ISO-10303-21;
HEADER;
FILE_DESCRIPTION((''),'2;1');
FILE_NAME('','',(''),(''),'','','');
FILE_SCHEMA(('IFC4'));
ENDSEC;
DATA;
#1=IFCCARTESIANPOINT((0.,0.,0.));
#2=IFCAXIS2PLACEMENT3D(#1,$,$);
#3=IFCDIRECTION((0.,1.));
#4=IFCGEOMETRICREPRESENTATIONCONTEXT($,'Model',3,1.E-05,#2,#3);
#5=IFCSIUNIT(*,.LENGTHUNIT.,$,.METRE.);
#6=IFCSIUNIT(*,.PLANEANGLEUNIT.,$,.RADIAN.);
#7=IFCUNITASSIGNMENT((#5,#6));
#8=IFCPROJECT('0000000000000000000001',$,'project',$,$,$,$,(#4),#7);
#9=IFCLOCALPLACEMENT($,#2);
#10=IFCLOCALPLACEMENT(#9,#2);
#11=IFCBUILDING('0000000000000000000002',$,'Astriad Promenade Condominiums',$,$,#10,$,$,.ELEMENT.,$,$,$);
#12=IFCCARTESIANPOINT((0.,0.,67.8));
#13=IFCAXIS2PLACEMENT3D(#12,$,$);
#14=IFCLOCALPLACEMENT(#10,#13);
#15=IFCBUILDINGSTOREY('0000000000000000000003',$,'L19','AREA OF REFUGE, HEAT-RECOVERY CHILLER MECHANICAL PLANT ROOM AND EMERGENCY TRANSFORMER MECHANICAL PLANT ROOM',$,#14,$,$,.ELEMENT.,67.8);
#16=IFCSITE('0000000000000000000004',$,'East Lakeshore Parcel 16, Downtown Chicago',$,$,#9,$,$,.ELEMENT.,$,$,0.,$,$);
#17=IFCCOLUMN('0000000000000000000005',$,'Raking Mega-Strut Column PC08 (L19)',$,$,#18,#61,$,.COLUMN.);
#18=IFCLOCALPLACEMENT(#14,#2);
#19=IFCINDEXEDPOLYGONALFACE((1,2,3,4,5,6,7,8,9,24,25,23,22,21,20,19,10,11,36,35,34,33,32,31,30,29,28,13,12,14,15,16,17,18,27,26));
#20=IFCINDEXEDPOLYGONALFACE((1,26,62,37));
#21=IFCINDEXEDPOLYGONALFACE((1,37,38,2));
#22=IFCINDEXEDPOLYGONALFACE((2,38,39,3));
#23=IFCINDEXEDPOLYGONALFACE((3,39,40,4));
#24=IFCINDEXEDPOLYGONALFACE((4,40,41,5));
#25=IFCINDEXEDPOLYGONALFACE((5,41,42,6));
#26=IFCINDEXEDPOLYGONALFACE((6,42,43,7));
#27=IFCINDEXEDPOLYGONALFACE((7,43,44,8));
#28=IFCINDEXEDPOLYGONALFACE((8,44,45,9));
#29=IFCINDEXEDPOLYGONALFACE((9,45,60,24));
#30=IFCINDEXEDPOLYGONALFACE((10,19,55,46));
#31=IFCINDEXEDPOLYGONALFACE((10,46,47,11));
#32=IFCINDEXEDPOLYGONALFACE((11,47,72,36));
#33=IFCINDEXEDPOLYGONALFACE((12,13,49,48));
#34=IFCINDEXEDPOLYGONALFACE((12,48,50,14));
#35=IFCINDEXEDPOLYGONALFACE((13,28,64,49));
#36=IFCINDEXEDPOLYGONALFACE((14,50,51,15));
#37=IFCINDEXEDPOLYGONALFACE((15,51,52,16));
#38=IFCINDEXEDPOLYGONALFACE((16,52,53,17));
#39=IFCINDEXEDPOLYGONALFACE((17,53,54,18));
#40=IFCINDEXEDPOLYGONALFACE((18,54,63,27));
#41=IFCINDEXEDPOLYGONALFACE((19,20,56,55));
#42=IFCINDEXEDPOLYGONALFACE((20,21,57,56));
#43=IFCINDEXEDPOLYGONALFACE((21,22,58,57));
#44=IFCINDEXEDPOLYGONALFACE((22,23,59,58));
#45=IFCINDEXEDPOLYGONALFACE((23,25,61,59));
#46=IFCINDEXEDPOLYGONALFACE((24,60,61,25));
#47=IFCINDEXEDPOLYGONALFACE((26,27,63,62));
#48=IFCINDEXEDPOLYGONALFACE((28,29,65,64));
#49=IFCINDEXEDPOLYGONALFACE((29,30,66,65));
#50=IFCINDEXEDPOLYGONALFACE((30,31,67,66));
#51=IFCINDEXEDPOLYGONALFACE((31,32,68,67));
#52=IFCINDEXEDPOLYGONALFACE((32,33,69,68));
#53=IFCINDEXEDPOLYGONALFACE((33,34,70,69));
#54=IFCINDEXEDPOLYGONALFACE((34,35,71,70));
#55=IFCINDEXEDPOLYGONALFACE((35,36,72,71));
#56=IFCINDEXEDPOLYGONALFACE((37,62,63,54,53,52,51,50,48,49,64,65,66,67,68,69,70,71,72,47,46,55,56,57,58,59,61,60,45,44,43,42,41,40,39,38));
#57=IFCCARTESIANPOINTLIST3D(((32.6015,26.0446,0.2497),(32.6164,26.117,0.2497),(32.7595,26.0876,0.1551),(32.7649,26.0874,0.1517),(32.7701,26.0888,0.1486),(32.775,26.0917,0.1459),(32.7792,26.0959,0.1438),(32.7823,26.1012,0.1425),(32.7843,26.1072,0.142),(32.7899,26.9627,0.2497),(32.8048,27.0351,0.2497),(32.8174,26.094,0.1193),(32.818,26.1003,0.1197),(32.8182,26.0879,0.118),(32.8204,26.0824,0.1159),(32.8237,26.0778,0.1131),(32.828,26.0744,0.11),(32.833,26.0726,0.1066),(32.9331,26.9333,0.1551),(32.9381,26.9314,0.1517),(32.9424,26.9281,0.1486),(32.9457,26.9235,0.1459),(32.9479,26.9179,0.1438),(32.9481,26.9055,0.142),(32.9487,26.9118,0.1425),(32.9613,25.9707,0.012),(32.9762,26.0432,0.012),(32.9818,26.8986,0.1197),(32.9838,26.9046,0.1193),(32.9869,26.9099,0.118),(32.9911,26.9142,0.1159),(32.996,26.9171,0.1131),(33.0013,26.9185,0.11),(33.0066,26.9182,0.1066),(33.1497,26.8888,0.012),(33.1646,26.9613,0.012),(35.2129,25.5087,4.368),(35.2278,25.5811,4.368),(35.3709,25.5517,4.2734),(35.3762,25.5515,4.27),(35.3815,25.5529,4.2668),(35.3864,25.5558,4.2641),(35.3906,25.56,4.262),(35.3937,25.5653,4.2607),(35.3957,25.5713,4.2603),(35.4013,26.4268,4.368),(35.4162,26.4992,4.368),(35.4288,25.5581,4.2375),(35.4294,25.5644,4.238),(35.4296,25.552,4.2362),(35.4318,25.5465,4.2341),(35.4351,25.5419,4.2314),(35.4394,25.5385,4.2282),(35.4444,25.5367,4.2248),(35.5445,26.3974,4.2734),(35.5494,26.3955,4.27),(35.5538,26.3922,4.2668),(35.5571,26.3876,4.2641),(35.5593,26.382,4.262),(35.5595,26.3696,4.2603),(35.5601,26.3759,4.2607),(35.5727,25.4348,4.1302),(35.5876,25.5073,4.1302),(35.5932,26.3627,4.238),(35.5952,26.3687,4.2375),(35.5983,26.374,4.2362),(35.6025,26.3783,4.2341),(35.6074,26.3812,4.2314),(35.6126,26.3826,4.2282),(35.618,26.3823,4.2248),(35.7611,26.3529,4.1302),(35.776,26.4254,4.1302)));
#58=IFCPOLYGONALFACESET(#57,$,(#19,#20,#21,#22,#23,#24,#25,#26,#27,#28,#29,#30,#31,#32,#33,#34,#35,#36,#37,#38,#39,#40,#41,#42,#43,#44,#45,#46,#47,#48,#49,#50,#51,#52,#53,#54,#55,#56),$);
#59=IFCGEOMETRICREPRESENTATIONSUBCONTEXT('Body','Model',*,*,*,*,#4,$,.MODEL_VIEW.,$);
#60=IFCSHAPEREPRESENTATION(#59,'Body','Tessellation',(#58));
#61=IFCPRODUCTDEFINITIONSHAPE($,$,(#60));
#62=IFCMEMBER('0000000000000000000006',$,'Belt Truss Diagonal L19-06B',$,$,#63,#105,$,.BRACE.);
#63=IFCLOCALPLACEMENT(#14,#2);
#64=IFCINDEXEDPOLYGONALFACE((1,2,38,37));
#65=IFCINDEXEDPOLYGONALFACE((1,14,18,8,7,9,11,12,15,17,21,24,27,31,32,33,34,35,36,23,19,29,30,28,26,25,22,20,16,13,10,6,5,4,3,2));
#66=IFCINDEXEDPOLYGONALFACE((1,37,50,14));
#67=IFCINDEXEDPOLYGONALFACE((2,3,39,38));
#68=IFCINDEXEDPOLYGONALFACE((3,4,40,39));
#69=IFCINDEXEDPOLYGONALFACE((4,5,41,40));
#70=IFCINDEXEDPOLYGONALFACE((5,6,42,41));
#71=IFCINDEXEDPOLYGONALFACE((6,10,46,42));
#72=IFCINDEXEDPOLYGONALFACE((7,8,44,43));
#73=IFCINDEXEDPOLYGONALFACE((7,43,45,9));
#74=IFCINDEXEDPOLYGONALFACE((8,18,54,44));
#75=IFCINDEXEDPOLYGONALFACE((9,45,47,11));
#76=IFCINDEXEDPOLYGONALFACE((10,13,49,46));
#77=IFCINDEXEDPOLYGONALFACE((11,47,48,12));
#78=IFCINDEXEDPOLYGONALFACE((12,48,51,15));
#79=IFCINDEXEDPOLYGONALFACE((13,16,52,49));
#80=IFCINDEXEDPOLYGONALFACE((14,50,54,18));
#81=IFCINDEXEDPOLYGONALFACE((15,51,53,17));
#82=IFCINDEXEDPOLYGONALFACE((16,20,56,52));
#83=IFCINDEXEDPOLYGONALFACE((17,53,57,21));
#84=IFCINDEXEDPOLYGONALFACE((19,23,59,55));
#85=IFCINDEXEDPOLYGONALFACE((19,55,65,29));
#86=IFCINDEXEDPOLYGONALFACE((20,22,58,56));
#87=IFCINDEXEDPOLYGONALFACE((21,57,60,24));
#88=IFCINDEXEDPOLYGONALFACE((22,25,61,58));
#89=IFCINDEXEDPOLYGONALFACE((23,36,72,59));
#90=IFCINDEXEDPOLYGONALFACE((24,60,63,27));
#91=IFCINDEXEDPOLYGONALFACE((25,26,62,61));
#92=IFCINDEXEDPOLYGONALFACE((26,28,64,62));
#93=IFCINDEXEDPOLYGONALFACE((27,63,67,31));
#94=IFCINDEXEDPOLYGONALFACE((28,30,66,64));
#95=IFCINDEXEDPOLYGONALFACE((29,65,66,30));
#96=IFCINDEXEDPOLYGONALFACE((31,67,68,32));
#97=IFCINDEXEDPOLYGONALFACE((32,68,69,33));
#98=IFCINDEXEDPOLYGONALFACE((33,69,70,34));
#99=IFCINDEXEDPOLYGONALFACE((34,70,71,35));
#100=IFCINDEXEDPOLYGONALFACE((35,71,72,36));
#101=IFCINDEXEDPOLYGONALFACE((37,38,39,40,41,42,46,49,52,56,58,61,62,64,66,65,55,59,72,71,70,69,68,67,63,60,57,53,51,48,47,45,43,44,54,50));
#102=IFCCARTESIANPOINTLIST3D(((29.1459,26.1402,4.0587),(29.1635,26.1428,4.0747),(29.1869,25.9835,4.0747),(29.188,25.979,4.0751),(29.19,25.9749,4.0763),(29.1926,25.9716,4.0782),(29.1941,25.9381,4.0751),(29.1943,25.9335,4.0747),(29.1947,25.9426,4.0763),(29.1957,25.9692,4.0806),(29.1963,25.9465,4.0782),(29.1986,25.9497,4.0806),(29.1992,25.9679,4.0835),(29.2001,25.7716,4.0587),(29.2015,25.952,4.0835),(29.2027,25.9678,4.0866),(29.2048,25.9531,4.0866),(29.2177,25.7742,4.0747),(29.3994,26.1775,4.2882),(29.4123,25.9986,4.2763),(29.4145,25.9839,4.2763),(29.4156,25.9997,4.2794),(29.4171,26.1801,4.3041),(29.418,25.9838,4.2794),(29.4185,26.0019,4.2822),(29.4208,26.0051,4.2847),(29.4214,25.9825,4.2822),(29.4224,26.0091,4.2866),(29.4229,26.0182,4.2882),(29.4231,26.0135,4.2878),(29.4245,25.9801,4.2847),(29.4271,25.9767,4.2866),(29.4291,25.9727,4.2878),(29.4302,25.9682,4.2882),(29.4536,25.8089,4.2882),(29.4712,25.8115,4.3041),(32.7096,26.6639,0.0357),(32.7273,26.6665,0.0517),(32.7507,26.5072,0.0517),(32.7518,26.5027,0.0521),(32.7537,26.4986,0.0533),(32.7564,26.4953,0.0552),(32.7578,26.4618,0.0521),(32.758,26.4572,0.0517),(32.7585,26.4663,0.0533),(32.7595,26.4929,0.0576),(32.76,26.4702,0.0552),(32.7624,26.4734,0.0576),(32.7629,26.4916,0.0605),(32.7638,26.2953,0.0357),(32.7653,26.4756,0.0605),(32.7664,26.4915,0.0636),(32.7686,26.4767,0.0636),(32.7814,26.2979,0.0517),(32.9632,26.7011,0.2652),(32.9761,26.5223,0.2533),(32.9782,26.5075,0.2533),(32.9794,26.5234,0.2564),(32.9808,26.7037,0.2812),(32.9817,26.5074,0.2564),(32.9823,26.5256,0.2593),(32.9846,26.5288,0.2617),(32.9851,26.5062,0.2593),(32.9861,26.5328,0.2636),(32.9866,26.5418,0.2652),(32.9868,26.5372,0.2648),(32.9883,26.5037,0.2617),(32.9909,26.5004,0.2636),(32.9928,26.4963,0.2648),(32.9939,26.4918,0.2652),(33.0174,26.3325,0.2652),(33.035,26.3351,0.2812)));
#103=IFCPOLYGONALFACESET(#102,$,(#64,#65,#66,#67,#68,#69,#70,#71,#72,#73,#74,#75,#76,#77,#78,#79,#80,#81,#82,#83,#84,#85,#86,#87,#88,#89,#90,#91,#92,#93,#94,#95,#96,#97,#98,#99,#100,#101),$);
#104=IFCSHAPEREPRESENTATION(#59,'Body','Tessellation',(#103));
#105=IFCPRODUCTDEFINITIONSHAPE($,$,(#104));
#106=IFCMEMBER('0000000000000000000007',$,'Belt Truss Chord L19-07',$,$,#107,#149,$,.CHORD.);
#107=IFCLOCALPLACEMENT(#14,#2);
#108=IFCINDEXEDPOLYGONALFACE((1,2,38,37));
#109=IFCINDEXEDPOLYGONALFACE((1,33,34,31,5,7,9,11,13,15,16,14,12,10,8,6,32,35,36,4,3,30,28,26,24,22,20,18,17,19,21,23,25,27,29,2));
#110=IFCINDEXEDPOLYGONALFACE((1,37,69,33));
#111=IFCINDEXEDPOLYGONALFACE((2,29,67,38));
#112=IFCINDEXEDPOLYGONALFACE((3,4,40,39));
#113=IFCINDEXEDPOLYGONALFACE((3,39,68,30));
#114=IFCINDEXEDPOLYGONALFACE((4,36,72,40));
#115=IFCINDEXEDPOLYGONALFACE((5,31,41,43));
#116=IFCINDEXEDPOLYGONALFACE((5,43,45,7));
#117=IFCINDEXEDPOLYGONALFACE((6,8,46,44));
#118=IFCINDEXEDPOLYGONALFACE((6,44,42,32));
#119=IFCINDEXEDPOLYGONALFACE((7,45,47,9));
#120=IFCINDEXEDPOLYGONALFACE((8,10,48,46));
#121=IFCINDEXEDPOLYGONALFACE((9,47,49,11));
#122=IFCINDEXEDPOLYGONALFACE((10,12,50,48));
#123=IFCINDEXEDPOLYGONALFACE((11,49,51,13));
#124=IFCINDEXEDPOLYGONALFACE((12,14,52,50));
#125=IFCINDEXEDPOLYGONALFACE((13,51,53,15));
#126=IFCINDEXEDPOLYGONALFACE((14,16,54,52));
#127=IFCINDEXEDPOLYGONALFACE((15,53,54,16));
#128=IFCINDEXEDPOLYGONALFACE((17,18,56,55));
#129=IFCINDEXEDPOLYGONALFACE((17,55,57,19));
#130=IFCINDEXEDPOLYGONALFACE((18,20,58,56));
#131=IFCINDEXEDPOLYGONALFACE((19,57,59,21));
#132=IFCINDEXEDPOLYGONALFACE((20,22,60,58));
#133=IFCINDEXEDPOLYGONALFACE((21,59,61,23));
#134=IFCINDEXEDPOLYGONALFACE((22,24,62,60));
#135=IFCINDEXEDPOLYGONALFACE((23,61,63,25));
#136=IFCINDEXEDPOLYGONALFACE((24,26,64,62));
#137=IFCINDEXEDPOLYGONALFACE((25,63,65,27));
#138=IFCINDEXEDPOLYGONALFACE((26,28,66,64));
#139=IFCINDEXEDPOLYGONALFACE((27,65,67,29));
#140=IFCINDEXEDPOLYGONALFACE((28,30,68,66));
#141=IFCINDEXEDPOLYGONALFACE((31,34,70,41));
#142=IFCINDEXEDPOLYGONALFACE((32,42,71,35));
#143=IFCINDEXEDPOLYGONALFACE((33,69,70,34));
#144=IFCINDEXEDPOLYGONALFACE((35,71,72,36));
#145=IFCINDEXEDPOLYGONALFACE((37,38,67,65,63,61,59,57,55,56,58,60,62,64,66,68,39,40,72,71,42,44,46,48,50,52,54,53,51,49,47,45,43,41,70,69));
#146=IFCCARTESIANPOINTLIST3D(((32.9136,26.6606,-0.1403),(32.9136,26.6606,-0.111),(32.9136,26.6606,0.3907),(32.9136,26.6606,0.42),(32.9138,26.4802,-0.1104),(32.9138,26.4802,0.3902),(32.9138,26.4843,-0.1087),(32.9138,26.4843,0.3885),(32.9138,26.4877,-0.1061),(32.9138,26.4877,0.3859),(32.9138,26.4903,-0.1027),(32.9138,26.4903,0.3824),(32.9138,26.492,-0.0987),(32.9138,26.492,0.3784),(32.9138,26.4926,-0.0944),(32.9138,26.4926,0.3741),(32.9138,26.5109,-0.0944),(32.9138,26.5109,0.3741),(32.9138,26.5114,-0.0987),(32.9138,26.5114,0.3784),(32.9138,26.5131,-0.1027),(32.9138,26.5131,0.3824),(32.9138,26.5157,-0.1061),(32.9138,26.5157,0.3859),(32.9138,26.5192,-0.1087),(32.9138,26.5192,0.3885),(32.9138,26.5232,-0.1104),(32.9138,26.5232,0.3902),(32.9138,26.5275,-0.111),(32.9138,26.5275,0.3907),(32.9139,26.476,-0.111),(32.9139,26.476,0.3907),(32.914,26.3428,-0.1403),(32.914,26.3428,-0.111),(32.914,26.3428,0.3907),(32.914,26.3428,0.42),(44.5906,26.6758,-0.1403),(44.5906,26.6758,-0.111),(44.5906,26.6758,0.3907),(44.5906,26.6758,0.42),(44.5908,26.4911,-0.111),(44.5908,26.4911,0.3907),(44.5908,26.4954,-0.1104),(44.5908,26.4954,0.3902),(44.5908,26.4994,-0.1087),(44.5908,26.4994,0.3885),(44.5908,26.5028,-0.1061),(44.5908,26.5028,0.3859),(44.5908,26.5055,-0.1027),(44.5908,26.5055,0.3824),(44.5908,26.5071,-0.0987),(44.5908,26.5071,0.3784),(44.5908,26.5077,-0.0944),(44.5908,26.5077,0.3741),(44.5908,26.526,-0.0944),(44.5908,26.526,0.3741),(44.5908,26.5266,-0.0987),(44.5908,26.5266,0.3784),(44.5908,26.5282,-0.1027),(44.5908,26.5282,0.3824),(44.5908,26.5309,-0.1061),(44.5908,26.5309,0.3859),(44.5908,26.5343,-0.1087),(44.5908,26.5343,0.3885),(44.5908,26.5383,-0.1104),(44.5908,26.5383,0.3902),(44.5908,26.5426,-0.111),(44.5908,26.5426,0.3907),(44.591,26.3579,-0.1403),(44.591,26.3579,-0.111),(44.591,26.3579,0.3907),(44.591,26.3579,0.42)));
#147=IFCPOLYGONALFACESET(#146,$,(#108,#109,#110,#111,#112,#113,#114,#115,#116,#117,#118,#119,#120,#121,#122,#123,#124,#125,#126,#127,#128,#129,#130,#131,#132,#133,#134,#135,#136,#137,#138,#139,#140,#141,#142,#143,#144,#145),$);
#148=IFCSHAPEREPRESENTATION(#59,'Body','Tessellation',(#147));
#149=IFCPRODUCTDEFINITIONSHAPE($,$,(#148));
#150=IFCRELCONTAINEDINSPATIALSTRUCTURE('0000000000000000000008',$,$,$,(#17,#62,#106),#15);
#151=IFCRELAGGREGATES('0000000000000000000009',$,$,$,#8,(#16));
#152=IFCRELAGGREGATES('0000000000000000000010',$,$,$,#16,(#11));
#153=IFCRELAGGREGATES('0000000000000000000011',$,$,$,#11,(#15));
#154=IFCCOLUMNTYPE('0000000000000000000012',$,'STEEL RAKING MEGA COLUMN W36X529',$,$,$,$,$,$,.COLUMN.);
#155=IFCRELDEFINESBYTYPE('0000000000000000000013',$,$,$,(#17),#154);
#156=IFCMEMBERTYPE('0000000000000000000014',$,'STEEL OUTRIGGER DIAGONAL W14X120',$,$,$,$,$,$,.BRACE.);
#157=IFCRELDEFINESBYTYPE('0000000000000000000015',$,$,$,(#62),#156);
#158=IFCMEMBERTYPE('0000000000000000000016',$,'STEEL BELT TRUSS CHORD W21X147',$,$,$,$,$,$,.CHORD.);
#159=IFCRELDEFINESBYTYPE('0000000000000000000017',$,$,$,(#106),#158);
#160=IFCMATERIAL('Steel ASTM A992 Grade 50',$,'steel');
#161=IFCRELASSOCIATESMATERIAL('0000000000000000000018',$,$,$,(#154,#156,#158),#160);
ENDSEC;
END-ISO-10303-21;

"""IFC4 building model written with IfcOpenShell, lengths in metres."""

from ifc_helpers import new_model, si_unit, direction, frame, origin, origin_2d, place, context, subcontext, project, spatial, i_section, extrude, source, transform, mapped, material, material_profile, profile_set, type_object, type_shapes, element, save


model = new_model("IFC4")

# Units and contexts
model_context = context("Model", 3, precision=1e-05, world=origin(), true_north=direction((0.0, 1.0)))
body_context = subcontext(model_context, "Body", "Model", "MODEL_VIEW")
ifc_project = project(units=[si_unit("LENGTHUNIT", "METRE"), si_unit("PLANEANGLEUNIT", "RADIAN")], contexts=[model_context])

# Site, building, storey
site_placement = place(None, origin())
site = spatial("IfcSite", under=ifc_project, at=site_placement, Name="East Lakeshore Parcel 16, Downtown Chicago", CompositionType="ELEMENT", RefElevation=0.0)
building_placement = place(site_placement, origin())
building = spatial("IfcBuilding", under=site, at=building_placement, Name="Astriad Promenade Condominiums", CompositionType="ELEMENT")
storey_placement = place(building_placement, frame((0.0, 0.0, 67.8)))
storey = spatial("IfcBuildingStorey", under=building, at=storey_placement, Name="L19", Description="AREA OF REFUGE, HEAT-RECOVERY CHILLER MECHANICAL PLANT ROOM AND EMERGENCY TRANSFORMER MECHANICAL PLANT ROOM", CompositionType="ELEMENT", Elevation=67.8)

# Column
ifc_material_1 = material(Name="Steel ASTM A992 Grade 50", Category="steel")
ifc_material_profile_1 = material_profile(ifc_material_1, i_section(OverallWidth=0.4375, OverallDepth=1.0112, WebThickness=0.041, FlangeThickness=0.074, FilletRadius=0.0242, at=origin_2d()), Name="W36X529")
ifc_profile_set_1 = profile_set([ifc_material_profile_1], Name="Steel ASTM A992 Grade 50")
column_type = type_object("IfcColumnType", Name="STEEL RAKING MEGA COLUMN W36X529", PredefinedType="COLUMN", material=ifc_profile_set_1)
shared_shape_1 = source(origin(), body_context, "Body", "SweptSolid", [
    extrude(i_section(OverallWidth=0.4375, OverallDepth=1.0112, WebThickness=0.041, FlangeThickness=0.074, FilletRadius=0.0242, at=origin_2d()), origin(), (0.0, 0.0, 1.0), 4.9058),
])
type_shapes(column_type, [shared_shape_1])
column_placement = place(storey_placement, frame((32.8831, 26.5029, 0.1309), z_axis=(0.532309, -0.109239, 0.839472), x_axis=(-0.822335, 0.168757, 0.543403)))
element("IfcColumn", 1, at=column_placement, inside=storey, type_object=column_type, Name="Raking Mega-Strut Column PC08 (L19)", PredefinedType="COLUMN", context=body_context, shape_type="MappedRepresentation", body=[
    mapped(shared_shape_1, transform((0.0, 0.0, 0.0), scale=1.0)),
])

# Members
ifc_material_profile_2 = material_profile(ifc_material_1, i_section(OverallWidth=0.3726, OverallDepth=0.3679, WebThickness=0.0149, FlangeThickness=0.0239, FilletRadius=0.0178, at=origin_2d()), Name="W14X120")
ifc_profile_set_2 = profile_set([ifc_material_profile_2], Name="Steel ASTM A992 Grade 50")
member_type_1 = type_object("IfcMemberType", Name="STEEL OUTRIGGER DIAGONAL W14X120", PredefinedType="BRACE", material=ifc_profile_set_2)
shared_shape_2 = source(origin(), body_context, "Body", "SweptSolid", [
    extrude(i_section(OverallWidth=0.3726, OverallDepth=0.3679, WebThickness=0.0149, FlangeThickness=0.0239, FilletRadius=0.0178, at=origin_2d()), origin(), (0.0, 0.0, 1.0), 5.3999),
])
member_1_placement = place(storey_placement, frame((32.8723, 26.4995, 0.1584), z_axis=(-0.659966, -0.096981, 0.74501), x_axis=(0.145387, -0.989375, 0.0)))
element("IfcMember", 2, at=member_1_placement, inside=storey, type_object=member_type_1, Name="Belt Truss Diagonal L19-06B", PredefinedType="BRACE", context=body_context, shape_type="MappedRepresentation", body=[
    mapped(shared_shape_2, transform((0.0, 0.0, 0.0), scale=1.0)),
])
ifc_material_profile_3 = material_profile(ifc_material_1, i_section(OverallWidth=0.3179, OverallDepth=0.5603, WebThickness=0.0183, FlangeThickness=0.0293, FilletRadius=0.0166, at=origin_2d()), Name="W21X147")
ifc_profile_set_3 = profile_set([ifc_material_profile_3], Name="Steel ASTM A992 Grade 50")
member_type_2 = type_object("IfcMemberType", Name="STEEL BELT TRUSS CHORD W21X147", PredefinedType="CHORD", material=ifc_profile_set_3)
shared_shape_3 = source(origin(), body_context, "Body", "SweptSolid", [
    extrude(i_section(OverallWidth=0.3179, OverallDepth=0.5603, WebThickness=0.0183, FlangeThickness=0.0293, FilletRadius=0.0166, at=origin_2d()), origin(), (0.0, 0.0, 1.0), 11.677),
])
type_shapes(member_type_2, [shared_shape_3])
member_2_placement = place(storey_placement, frame((32.9138, 26.5017, 0.1399), z_axis=(0.999999, 0.001296, 0.0), x_axis=(-0.001296, 0.999999, 0.0)))
element("IfcMember", 3, at=member_2_placement, inside=storey, type_object=member_type_2, Name="Belt Truss Chord L19-07", PredefinedType="CHORD", context=body_context, shape_type="MappedRepresentation", body=[
    mapped(shared_shape_3, transform((0.0, 0.0, 0.0), scale=1.0)),
])

save(model, "model.ifc")
